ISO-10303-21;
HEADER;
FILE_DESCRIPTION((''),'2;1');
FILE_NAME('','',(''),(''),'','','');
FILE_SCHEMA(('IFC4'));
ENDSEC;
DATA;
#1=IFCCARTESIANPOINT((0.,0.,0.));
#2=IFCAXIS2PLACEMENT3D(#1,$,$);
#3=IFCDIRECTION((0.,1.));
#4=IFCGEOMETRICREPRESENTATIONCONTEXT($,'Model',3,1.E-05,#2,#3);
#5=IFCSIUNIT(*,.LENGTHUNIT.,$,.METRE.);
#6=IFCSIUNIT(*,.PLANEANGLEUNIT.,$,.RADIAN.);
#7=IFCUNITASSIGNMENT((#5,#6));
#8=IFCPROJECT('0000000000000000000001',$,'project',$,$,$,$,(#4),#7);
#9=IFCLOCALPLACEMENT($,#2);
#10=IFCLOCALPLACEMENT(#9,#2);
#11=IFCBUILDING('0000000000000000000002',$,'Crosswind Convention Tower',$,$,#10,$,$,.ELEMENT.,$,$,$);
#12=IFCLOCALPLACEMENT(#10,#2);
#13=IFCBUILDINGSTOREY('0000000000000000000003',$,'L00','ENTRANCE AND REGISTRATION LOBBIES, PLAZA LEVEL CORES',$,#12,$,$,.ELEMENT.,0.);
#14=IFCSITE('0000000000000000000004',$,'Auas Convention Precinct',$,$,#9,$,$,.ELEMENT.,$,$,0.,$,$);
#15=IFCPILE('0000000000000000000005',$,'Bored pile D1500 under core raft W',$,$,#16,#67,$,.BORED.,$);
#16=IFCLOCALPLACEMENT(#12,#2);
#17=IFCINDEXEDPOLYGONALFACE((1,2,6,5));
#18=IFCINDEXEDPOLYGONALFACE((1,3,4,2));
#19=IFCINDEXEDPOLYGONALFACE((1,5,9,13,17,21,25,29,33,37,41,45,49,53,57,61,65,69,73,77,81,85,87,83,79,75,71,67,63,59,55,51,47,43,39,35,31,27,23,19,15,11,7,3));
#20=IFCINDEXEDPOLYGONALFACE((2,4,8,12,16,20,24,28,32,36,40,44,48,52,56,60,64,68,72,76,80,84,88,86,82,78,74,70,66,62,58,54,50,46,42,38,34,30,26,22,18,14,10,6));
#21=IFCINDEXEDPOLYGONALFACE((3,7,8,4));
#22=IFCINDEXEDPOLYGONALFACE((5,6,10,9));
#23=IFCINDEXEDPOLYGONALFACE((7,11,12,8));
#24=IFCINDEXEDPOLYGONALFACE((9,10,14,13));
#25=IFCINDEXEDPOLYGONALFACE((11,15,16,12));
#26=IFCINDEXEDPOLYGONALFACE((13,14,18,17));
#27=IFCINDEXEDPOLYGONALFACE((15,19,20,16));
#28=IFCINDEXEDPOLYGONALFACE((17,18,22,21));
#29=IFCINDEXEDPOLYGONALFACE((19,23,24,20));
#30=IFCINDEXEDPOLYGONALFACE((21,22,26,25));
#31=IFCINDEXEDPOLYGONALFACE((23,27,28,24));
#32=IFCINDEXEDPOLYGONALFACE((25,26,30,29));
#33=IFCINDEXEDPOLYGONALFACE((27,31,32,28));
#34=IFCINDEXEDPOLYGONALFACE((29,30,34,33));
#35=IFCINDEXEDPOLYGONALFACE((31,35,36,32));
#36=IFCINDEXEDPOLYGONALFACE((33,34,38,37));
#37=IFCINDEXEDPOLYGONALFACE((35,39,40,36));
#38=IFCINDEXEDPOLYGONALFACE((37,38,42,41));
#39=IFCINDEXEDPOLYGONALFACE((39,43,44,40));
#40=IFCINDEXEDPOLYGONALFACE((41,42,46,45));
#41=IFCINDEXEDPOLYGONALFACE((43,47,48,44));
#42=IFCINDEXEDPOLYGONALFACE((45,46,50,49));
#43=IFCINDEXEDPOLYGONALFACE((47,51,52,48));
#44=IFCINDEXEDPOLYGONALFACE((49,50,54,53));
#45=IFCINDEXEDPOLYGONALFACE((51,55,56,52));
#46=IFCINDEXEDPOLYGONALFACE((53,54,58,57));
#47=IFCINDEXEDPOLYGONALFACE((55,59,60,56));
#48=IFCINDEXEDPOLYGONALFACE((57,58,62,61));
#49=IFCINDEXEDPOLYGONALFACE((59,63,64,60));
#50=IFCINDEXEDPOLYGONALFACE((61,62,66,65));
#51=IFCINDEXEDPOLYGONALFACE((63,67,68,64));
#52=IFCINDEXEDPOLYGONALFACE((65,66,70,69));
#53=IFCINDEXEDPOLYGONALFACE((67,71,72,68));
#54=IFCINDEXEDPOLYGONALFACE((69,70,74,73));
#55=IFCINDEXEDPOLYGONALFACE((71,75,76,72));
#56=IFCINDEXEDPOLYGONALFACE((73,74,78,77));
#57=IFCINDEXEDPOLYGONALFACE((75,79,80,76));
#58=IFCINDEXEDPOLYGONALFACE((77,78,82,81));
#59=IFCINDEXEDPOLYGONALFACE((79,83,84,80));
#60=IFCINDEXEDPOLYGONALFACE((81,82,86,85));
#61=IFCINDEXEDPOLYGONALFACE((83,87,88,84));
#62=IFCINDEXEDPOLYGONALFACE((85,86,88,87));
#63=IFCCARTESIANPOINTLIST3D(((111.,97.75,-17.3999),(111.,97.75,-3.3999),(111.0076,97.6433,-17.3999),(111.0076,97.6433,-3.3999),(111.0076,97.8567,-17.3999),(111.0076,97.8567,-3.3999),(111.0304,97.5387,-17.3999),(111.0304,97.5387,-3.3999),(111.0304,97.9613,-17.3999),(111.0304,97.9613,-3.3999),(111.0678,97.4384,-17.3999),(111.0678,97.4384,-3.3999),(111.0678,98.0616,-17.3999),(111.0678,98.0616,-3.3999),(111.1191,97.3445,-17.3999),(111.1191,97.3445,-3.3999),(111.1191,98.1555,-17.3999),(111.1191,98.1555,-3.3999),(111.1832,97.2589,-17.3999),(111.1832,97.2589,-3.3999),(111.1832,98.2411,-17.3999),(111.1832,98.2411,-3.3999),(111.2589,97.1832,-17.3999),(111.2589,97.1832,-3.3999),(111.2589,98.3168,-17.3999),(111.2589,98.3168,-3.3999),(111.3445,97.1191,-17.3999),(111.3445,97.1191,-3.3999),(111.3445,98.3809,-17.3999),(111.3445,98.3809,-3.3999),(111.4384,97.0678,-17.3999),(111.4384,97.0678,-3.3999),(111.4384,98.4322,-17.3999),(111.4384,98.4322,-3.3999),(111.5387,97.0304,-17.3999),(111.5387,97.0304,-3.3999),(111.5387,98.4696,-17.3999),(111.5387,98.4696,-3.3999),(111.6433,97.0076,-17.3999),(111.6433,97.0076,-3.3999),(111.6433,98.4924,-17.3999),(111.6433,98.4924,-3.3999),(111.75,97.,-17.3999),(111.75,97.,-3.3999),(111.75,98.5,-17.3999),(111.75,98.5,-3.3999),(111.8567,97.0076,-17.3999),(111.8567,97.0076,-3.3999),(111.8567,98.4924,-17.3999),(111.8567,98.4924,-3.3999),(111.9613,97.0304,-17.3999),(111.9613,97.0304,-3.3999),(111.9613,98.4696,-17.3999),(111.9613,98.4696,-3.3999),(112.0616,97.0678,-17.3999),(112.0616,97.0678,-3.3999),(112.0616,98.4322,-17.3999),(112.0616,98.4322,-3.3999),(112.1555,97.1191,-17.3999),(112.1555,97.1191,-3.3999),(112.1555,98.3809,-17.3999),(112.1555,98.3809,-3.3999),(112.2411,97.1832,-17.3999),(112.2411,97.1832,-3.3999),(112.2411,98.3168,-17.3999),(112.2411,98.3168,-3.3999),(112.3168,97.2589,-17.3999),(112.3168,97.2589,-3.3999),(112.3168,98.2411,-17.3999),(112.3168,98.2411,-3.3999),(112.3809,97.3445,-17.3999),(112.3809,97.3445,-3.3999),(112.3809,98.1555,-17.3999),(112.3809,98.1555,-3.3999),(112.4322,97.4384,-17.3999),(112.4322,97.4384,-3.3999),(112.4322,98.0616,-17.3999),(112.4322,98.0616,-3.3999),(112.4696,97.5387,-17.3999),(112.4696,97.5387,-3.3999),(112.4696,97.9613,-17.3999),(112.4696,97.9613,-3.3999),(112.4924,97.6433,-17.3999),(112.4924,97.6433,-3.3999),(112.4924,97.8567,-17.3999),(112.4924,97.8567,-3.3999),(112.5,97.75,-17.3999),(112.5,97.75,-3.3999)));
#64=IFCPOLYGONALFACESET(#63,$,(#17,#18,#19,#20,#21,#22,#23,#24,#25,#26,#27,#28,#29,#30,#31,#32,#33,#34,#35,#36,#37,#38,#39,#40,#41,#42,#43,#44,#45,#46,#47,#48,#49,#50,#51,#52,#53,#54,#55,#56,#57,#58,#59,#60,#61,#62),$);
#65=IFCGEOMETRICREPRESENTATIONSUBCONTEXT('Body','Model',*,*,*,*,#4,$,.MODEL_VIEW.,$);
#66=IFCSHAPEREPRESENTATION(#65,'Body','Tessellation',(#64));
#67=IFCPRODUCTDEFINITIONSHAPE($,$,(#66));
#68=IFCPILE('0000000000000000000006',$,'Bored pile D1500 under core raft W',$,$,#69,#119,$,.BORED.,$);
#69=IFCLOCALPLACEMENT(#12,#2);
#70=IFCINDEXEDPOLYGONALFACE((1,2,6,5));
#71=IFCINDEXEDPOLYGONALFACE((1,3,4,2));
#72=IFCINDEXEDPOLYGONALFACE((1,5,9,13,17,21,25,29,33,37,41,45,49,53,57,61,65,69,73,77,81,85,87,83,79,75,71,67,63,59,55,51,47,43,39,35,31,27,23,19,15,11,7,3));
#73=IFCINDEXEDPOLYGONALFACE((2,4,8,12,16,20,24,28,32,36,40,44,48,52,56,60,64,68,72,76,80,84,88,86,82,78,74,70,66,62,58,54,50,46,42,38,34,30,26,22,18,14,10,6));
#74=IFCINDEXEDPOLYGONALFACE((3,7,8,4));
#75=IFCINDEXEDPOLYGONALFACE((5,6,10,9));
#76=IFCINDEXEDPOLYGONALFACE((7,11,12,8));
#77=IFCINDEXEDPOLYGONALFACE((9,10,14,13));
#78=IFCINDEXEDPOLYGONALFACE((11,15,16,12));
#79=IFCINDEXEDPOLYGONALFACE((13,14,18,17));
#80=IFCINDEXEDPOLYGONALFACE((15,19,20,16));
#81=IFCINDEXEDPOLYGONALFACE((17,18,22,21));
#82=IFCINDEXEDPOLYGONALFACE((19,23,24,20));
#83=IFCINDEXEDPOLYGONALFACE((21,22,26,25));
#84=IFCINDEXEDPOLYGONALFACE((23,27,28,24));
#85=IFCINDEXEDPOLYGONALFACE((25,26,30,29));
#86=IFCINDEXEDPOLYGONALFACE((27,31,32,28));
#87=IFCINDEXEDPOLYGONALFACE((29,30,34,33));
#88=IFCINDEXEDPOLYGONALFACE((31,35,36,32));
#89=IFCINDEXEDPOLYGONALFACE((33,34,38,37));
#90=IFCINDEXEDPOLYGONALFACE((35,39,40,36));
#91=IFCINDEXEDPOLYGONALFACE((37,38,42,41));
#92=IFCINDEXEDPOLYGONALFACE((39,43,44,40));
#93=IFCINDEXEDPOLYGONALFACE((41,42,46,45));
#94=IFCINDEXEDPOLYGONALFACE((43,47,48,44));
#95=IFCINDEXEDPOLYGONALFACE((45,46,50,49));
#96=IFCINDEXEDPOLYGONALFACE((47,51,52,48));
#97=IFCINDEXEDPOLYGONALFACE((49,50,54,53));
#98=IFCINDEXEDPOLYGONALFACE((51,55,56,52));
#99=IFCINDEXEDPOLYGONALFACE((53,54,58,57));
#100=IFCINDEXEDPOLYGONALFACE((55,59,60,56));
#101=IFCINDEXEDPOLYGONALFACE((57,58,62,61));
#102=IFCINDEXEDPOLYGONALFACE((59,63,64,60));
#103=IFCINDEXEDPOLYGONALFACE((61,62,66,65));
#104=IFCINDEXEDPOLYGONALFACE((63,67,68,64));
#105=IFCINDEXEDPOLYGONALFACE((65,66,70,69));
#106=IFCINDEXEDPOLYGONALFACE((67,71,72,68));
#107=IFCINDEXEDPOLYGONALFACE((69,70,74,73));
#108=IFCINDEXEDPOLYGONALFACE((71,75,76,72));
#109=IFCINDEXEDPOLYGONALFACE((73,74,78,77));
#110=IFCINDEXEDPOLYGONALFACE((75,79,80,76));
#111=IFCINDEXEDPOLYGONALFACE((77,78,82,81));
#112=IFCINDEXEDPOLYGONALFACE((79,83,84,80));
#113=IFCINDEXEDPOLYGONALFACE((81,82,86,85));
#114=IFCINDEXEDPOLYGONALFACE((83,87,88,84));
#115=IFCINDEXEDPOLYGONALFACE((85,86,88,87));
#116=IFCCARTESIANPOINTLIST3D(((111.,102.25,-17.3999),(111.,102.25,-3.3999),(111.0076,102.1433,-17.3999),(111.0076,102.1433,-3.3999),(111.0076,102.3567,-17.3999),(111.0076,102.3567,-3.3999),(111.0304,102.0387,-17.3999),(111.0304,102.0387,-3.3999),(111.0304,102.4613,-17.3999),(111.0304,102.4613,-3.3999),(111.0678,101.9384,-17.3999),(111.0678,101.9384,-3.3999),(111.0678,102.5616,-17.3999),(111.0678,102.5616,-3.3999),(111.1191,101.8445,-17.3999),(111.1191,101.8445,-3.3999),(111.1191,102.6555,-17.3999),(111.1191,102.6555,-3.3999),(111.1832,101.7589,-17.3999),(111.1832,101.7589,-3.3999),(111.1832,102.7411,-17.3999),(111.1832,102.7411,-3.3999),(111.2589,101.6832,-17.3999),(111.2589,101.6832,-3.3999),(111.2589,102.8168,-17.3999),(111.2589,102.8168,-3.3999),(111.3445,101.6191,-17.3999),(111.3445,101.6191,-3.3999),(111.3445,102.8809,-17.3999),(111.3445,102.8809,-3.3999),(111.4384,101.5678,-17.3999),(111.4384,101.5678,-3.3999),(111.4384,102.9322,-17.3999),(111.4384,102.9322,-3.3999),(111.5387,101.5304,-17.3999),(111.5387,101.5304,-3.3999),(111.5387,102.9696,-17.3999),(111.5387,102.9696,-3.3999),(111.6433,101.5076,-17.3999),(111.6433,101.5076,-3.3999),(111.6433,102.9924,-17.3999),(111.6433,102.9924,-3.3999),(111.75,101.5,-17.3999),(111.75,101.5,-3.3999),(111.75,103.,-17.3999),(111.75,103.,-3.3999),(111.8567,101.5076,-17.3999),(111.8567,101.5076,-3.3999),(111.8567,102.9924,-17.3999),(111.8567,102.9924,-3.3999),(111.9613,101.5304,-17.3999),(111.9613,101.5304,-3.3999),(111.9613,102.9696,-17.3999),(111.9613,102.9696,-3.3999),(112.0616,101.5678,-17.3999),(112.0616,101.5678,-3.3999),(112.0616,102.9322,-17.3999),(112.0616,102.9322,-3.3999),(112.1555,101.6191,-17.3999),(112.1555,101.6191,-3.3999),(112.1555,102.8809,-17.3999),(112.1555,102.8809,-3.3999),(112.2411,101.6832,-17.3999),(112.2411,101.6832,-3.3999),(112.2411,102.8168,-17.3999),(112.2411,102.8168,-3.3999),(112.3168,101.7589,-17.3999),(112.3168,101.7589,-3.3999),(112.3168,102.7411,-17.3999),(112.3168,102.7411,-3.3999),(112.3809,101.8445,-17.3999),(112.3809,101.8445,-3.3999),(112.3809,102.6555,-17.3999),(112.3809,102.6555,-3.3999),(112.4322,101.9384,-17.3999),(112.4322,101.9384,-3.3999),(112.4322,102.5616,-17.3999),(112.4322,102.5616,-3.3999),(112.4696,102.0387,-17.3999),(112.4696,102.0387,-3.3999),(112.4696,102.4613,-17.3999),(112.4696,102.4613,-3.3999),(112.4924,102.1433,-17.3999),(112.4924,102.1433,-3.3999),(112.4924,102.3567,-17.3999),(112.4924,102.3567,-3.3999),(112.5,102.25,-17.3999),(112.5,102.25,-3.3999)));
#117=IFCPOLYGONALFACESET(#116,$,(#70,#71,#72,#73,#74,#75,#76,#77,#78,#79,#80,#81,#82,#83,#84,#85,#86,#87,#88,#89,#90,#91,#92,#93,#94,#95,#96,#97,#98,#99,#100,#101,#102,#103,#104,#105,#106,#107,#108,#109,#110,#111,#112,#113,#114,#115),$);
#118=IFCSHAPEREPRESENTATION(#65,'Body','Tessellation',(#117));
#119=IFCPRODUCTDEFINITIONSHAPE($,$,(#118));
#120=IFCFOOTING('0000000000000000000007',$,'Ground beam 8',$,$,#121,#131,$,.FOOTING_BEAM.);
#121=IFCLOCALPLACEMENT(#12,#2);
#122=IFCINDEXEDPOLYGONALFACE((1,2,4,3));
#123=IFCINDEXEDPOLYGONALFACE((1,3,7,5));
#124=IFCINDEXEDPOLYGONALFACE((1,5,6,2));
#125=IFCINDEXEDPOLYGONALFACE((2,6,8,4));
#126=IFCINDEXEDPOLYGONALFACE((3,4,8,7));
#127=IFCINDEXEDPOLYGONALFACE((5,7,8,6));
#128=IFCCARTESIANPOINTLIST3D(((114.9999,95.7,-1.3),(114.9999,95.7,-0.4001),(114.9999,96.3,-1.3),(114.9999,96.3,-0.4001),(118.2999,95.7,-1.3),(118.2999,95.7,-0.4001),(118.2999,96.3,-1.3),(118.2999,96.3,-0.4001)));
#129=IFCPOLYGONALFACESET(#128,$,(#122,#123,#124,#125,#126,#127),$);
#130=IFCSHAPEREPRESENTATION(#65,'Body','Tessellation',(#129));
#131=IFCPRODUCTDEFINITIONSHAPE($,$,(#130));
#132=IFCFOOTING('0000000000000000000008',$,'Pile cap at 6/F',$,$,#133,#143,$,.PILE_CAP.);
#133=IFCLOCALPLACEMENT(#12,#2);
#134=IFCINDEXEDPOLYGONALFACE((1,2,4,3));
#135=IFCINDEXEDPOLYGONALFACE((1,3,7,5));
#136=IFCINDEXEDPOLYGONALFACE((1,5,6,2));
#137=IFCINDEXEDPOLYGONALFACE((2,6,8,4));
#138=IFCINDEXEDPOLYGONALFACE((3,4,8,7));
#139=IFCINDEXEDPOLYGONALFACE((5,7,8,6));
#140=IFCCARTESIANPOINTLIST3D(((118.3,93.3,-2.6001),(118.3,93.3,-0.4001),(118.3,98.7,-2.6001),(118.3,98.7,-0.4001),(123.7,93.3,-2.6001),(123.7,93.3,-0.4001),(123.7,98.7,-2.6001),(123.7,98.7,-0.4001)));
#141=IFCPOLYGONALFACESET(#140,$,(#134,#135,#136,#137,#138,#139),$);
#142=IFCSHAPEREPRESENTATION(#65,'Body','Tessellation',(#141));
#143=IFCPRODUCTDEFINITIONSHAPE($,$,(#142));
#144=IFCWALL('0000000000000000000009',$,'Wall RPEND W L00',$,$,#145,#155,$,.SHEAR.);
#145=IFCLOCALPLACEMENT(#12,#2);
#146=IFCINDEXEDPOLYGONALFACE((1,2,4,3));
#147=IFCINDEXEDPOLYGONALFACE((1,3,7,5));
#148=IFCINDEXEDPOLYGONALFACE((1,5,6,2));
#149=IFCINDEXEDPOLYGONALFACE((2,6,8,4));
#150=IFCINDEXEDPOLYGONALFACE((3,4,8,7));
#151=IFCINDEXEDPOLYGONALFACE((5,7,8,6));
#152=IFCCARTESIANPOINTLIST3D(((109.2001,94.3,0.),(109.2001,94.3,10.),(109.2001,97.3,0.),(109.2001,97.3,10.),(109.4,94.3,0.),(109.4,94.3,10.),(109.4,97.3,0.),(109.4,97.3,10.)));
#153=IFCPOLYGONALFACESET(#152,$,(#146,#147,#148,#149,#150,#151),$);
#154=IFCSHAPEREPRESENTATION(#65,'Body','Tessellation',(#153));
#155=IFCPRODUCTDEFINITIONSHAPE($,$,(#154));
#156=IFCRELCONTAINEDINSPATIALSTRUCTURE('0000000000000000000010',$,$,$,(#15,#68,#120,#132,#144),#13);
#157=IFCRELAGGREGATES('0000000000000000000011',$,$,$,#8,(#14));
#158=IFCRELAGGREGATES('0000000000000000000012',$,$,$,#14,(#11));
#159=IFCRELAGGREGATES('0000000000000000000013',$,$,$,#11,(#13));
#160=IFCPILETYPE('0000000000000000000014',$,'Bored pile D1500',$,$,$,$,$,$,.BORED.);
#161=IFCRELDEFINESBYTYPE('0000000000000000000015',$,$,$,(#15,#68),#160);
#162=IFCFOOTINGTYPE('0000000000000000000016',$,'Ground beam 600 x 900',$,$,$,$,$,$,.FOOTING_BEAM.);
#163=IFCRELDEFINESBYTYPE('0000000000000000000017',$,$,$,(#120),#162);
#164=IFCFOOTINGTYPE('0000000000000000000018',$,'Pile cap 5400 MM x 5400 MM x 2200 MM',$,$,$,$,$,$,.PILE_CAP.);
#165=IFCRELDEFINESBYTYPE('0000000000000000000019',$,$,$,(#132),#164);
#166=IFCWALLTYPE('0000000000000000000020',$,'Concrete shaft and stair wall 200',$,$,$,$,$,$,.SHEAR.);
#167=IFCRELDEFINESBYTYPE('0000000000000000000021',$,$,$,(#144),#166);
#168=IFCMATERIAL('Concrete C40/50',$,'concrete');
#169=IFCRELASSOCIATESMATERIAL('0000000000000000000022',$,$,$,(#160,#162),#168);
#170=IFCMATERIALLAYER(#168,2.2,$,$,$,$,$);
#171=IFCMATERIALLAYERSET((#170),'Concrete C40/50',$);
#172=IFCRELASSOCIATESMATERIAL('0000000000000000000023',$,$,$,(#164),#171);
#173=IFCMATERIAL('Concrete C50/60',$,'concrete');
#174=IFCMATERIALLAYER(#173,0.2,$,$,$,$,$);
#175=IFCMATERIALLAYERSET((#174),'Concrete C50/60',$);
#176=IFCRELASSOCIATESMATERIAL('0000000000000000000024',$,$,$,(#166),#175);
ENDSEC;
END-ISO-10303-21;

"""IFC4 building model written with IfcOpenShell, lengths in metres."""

from ifc_helpers import new_model, si_unit, direction, frame, frame_2d, origin, origin_2d, place, context, subcontext, project, spatial, rectangle, circle, extrude, material, layer, layer_set, material_profile, profile_set, type_object, element, save


model = new_model("IFC4")

# Units and contexts
model_context = context("Model", 3, precision=1e-05, world=origin(), true_north=direction((0.0, 1.0)))
body_context = subcontext(model_context, "Body", "Model", "MODEL_VIEW")
ifc_project = project(units=[si_unit("LENGTHUNIT", "METRE"), si_unit("PLANEANGLEUNIT", "RADIAN")], contexts=[model_context])

# Site, building, storey
site_placement = place(None, origin())
site = spatial("IfcSite", under=ifc_project, at=site_placement, Name="Auas Convention Precinct", CompositionType="ELEMENT", RefElevation=0.0)
building_placement = place(site_placement, origin())
building = spatial("IfcBuilding", under=site, at=building_placement, Name="Crosswind Convention Tower", CompositionType="ELEMENT")
storey_placement = place(building_placement, origin())
storey = spatial("IfcBuildingStorey", under=building, at=storey_placement, Name="L00", Description="ENTRANCE AND REGISTRATION LOBBIES, PLAZA LEVEL CORES", CompositionType="ELEMENT", Elevation=0.0)

# Piles
ifc_material_1 = material(Name="Concrete C40/50", Category="concrete")
ifc_material_profile_1 = material_profile(ifc_material_1, circle(Radius=0.75, at=origin_2d()), Name="Bored pile D1500")
ifc_profile_set_1 = profile_set([ifc_material_profile_1], Name="Concrete C40/50")
pile_type_1 = type_object("IfcPileType", Name="Bored pile D1500", PredefinedType="BORED", material=ifc_profile_set_1)
for number, where, z_axis, x_axis, name in (
    (1, (111.75, 97.75, -3.3999), (0.0, 0.0, -1.0), (1.0, 0.0, 0.0), "Bored pile D1500 under core raft W"),
    (2, (111.75, 102.25, -3.3999), (0.0, 0.0, -1.0), (1.0, 0.0, 0.0), "Bored pile D1500 under core raft W"),
):
    element("IfcPile", number, at=place(storey_placement, frame(where, z_axis=z_axis, x_axis=x_axis)), inside=storey, type_object=pile_type_1, Name=name, PredefinedType="BORED", context=body_context, shape_type="SweptSolid", body=[
        extrude(circle(Radius=0.75, at=origin_2d()), origin(), (0.0, 0.0, 1.0), 14.0),
    ])

# Footings
footing_type_1 = type_object("IfcFootingType", Name="Ground beam 600 x 900", PredefinedType="FOOTING_BEAM", material=ifc_material_1)
footing_1_placement = place(storey_placement, frame((116.6499, 96.0, -1.3), z_axis=(0.0, 0.0, 1.0), x_axis=(1.0, 0.0, 0.0)))
element("IfcFooting", 3, at=footing_1_placement, inside=storey, type_object=footing_type_1, Name="Ground beam 8", PredefinedType="FOOTING_BEAM", context=body_context, shape_type="SweptSolid", body=[
    extrude(rectangle(XDim=3.3, YDim=0.6001, at=origin_2d()), origin(), (0.0, 0.0, 1.0), 0.8999),
])
ifc_layer_1 = layer(ifc_material_1, 2.2)
ifc_layer_set_1 = layer_set([ifc_layer_1], Name="Concrete C40/50")
footing_type_2 = type_object("IfcFootingType", Name="Pile cap 5400 MM x 5400 MM x 2200 MM", PredefinedType="PILE_CAP", material=ifc_layer_set_1)
footing_2_placement = place(storey_placement, frame((121.0, 96.0, -2.6001), z_axis=(0.0, 0.0, 1.0), x_axis=(1.0, 0.0, 0.0)))
element("IfcFooting", 4, at=footing_2_placement, inside=storey, type_object=footing_type_2, Name="Pile cap at 6/F", PredefinedType="PILE_CAP", context=body_context, shape_type="SweptSolid", body=[
    extrude(rectangle(XDim=5.3999, YDim=5.3999, at=origin_2d()), origin(), (0.0, 0.0, 1.0), 2.2),
])

# Shared definitions
ifc_material_2 = material(Name="Concrete C50/60", Category="concrete")

# Wall
ifc_layer_2 = layer(ifc_material_2, 0.2)
ifc_layer_set_2 = layer_set([ifc_layer_2], Name="Concrete C50/60")
wall_type_1 = type_object("IfcWallType", Name="Concrete shaft and stair wall 200", PredefinedType="SHEAR", material=ifc_layer_set_2)
wall_1_placement = place(storey_placement, frame((109.3, 97.3, 0.0), z_axis=(0.0, 0.0, 1.0), x_axis=(0.0, -1.0, 0.0)))
element("IfcWall", 5, at=wall_1_placement, inside=storey, type_object=wall_type_1, Name="Wall RPEND W L00", PredefinedType="SHEAR", context=body_context, shape_type="SweptSolid", body=[
    extrude(rectangle(XDim=3.0, YDim=0.2, at=frame_2d((1.5, 0.0))), origin(), (0.0, 0.0, 1.0), 10.0),
])

save(model, "model.ifc")
